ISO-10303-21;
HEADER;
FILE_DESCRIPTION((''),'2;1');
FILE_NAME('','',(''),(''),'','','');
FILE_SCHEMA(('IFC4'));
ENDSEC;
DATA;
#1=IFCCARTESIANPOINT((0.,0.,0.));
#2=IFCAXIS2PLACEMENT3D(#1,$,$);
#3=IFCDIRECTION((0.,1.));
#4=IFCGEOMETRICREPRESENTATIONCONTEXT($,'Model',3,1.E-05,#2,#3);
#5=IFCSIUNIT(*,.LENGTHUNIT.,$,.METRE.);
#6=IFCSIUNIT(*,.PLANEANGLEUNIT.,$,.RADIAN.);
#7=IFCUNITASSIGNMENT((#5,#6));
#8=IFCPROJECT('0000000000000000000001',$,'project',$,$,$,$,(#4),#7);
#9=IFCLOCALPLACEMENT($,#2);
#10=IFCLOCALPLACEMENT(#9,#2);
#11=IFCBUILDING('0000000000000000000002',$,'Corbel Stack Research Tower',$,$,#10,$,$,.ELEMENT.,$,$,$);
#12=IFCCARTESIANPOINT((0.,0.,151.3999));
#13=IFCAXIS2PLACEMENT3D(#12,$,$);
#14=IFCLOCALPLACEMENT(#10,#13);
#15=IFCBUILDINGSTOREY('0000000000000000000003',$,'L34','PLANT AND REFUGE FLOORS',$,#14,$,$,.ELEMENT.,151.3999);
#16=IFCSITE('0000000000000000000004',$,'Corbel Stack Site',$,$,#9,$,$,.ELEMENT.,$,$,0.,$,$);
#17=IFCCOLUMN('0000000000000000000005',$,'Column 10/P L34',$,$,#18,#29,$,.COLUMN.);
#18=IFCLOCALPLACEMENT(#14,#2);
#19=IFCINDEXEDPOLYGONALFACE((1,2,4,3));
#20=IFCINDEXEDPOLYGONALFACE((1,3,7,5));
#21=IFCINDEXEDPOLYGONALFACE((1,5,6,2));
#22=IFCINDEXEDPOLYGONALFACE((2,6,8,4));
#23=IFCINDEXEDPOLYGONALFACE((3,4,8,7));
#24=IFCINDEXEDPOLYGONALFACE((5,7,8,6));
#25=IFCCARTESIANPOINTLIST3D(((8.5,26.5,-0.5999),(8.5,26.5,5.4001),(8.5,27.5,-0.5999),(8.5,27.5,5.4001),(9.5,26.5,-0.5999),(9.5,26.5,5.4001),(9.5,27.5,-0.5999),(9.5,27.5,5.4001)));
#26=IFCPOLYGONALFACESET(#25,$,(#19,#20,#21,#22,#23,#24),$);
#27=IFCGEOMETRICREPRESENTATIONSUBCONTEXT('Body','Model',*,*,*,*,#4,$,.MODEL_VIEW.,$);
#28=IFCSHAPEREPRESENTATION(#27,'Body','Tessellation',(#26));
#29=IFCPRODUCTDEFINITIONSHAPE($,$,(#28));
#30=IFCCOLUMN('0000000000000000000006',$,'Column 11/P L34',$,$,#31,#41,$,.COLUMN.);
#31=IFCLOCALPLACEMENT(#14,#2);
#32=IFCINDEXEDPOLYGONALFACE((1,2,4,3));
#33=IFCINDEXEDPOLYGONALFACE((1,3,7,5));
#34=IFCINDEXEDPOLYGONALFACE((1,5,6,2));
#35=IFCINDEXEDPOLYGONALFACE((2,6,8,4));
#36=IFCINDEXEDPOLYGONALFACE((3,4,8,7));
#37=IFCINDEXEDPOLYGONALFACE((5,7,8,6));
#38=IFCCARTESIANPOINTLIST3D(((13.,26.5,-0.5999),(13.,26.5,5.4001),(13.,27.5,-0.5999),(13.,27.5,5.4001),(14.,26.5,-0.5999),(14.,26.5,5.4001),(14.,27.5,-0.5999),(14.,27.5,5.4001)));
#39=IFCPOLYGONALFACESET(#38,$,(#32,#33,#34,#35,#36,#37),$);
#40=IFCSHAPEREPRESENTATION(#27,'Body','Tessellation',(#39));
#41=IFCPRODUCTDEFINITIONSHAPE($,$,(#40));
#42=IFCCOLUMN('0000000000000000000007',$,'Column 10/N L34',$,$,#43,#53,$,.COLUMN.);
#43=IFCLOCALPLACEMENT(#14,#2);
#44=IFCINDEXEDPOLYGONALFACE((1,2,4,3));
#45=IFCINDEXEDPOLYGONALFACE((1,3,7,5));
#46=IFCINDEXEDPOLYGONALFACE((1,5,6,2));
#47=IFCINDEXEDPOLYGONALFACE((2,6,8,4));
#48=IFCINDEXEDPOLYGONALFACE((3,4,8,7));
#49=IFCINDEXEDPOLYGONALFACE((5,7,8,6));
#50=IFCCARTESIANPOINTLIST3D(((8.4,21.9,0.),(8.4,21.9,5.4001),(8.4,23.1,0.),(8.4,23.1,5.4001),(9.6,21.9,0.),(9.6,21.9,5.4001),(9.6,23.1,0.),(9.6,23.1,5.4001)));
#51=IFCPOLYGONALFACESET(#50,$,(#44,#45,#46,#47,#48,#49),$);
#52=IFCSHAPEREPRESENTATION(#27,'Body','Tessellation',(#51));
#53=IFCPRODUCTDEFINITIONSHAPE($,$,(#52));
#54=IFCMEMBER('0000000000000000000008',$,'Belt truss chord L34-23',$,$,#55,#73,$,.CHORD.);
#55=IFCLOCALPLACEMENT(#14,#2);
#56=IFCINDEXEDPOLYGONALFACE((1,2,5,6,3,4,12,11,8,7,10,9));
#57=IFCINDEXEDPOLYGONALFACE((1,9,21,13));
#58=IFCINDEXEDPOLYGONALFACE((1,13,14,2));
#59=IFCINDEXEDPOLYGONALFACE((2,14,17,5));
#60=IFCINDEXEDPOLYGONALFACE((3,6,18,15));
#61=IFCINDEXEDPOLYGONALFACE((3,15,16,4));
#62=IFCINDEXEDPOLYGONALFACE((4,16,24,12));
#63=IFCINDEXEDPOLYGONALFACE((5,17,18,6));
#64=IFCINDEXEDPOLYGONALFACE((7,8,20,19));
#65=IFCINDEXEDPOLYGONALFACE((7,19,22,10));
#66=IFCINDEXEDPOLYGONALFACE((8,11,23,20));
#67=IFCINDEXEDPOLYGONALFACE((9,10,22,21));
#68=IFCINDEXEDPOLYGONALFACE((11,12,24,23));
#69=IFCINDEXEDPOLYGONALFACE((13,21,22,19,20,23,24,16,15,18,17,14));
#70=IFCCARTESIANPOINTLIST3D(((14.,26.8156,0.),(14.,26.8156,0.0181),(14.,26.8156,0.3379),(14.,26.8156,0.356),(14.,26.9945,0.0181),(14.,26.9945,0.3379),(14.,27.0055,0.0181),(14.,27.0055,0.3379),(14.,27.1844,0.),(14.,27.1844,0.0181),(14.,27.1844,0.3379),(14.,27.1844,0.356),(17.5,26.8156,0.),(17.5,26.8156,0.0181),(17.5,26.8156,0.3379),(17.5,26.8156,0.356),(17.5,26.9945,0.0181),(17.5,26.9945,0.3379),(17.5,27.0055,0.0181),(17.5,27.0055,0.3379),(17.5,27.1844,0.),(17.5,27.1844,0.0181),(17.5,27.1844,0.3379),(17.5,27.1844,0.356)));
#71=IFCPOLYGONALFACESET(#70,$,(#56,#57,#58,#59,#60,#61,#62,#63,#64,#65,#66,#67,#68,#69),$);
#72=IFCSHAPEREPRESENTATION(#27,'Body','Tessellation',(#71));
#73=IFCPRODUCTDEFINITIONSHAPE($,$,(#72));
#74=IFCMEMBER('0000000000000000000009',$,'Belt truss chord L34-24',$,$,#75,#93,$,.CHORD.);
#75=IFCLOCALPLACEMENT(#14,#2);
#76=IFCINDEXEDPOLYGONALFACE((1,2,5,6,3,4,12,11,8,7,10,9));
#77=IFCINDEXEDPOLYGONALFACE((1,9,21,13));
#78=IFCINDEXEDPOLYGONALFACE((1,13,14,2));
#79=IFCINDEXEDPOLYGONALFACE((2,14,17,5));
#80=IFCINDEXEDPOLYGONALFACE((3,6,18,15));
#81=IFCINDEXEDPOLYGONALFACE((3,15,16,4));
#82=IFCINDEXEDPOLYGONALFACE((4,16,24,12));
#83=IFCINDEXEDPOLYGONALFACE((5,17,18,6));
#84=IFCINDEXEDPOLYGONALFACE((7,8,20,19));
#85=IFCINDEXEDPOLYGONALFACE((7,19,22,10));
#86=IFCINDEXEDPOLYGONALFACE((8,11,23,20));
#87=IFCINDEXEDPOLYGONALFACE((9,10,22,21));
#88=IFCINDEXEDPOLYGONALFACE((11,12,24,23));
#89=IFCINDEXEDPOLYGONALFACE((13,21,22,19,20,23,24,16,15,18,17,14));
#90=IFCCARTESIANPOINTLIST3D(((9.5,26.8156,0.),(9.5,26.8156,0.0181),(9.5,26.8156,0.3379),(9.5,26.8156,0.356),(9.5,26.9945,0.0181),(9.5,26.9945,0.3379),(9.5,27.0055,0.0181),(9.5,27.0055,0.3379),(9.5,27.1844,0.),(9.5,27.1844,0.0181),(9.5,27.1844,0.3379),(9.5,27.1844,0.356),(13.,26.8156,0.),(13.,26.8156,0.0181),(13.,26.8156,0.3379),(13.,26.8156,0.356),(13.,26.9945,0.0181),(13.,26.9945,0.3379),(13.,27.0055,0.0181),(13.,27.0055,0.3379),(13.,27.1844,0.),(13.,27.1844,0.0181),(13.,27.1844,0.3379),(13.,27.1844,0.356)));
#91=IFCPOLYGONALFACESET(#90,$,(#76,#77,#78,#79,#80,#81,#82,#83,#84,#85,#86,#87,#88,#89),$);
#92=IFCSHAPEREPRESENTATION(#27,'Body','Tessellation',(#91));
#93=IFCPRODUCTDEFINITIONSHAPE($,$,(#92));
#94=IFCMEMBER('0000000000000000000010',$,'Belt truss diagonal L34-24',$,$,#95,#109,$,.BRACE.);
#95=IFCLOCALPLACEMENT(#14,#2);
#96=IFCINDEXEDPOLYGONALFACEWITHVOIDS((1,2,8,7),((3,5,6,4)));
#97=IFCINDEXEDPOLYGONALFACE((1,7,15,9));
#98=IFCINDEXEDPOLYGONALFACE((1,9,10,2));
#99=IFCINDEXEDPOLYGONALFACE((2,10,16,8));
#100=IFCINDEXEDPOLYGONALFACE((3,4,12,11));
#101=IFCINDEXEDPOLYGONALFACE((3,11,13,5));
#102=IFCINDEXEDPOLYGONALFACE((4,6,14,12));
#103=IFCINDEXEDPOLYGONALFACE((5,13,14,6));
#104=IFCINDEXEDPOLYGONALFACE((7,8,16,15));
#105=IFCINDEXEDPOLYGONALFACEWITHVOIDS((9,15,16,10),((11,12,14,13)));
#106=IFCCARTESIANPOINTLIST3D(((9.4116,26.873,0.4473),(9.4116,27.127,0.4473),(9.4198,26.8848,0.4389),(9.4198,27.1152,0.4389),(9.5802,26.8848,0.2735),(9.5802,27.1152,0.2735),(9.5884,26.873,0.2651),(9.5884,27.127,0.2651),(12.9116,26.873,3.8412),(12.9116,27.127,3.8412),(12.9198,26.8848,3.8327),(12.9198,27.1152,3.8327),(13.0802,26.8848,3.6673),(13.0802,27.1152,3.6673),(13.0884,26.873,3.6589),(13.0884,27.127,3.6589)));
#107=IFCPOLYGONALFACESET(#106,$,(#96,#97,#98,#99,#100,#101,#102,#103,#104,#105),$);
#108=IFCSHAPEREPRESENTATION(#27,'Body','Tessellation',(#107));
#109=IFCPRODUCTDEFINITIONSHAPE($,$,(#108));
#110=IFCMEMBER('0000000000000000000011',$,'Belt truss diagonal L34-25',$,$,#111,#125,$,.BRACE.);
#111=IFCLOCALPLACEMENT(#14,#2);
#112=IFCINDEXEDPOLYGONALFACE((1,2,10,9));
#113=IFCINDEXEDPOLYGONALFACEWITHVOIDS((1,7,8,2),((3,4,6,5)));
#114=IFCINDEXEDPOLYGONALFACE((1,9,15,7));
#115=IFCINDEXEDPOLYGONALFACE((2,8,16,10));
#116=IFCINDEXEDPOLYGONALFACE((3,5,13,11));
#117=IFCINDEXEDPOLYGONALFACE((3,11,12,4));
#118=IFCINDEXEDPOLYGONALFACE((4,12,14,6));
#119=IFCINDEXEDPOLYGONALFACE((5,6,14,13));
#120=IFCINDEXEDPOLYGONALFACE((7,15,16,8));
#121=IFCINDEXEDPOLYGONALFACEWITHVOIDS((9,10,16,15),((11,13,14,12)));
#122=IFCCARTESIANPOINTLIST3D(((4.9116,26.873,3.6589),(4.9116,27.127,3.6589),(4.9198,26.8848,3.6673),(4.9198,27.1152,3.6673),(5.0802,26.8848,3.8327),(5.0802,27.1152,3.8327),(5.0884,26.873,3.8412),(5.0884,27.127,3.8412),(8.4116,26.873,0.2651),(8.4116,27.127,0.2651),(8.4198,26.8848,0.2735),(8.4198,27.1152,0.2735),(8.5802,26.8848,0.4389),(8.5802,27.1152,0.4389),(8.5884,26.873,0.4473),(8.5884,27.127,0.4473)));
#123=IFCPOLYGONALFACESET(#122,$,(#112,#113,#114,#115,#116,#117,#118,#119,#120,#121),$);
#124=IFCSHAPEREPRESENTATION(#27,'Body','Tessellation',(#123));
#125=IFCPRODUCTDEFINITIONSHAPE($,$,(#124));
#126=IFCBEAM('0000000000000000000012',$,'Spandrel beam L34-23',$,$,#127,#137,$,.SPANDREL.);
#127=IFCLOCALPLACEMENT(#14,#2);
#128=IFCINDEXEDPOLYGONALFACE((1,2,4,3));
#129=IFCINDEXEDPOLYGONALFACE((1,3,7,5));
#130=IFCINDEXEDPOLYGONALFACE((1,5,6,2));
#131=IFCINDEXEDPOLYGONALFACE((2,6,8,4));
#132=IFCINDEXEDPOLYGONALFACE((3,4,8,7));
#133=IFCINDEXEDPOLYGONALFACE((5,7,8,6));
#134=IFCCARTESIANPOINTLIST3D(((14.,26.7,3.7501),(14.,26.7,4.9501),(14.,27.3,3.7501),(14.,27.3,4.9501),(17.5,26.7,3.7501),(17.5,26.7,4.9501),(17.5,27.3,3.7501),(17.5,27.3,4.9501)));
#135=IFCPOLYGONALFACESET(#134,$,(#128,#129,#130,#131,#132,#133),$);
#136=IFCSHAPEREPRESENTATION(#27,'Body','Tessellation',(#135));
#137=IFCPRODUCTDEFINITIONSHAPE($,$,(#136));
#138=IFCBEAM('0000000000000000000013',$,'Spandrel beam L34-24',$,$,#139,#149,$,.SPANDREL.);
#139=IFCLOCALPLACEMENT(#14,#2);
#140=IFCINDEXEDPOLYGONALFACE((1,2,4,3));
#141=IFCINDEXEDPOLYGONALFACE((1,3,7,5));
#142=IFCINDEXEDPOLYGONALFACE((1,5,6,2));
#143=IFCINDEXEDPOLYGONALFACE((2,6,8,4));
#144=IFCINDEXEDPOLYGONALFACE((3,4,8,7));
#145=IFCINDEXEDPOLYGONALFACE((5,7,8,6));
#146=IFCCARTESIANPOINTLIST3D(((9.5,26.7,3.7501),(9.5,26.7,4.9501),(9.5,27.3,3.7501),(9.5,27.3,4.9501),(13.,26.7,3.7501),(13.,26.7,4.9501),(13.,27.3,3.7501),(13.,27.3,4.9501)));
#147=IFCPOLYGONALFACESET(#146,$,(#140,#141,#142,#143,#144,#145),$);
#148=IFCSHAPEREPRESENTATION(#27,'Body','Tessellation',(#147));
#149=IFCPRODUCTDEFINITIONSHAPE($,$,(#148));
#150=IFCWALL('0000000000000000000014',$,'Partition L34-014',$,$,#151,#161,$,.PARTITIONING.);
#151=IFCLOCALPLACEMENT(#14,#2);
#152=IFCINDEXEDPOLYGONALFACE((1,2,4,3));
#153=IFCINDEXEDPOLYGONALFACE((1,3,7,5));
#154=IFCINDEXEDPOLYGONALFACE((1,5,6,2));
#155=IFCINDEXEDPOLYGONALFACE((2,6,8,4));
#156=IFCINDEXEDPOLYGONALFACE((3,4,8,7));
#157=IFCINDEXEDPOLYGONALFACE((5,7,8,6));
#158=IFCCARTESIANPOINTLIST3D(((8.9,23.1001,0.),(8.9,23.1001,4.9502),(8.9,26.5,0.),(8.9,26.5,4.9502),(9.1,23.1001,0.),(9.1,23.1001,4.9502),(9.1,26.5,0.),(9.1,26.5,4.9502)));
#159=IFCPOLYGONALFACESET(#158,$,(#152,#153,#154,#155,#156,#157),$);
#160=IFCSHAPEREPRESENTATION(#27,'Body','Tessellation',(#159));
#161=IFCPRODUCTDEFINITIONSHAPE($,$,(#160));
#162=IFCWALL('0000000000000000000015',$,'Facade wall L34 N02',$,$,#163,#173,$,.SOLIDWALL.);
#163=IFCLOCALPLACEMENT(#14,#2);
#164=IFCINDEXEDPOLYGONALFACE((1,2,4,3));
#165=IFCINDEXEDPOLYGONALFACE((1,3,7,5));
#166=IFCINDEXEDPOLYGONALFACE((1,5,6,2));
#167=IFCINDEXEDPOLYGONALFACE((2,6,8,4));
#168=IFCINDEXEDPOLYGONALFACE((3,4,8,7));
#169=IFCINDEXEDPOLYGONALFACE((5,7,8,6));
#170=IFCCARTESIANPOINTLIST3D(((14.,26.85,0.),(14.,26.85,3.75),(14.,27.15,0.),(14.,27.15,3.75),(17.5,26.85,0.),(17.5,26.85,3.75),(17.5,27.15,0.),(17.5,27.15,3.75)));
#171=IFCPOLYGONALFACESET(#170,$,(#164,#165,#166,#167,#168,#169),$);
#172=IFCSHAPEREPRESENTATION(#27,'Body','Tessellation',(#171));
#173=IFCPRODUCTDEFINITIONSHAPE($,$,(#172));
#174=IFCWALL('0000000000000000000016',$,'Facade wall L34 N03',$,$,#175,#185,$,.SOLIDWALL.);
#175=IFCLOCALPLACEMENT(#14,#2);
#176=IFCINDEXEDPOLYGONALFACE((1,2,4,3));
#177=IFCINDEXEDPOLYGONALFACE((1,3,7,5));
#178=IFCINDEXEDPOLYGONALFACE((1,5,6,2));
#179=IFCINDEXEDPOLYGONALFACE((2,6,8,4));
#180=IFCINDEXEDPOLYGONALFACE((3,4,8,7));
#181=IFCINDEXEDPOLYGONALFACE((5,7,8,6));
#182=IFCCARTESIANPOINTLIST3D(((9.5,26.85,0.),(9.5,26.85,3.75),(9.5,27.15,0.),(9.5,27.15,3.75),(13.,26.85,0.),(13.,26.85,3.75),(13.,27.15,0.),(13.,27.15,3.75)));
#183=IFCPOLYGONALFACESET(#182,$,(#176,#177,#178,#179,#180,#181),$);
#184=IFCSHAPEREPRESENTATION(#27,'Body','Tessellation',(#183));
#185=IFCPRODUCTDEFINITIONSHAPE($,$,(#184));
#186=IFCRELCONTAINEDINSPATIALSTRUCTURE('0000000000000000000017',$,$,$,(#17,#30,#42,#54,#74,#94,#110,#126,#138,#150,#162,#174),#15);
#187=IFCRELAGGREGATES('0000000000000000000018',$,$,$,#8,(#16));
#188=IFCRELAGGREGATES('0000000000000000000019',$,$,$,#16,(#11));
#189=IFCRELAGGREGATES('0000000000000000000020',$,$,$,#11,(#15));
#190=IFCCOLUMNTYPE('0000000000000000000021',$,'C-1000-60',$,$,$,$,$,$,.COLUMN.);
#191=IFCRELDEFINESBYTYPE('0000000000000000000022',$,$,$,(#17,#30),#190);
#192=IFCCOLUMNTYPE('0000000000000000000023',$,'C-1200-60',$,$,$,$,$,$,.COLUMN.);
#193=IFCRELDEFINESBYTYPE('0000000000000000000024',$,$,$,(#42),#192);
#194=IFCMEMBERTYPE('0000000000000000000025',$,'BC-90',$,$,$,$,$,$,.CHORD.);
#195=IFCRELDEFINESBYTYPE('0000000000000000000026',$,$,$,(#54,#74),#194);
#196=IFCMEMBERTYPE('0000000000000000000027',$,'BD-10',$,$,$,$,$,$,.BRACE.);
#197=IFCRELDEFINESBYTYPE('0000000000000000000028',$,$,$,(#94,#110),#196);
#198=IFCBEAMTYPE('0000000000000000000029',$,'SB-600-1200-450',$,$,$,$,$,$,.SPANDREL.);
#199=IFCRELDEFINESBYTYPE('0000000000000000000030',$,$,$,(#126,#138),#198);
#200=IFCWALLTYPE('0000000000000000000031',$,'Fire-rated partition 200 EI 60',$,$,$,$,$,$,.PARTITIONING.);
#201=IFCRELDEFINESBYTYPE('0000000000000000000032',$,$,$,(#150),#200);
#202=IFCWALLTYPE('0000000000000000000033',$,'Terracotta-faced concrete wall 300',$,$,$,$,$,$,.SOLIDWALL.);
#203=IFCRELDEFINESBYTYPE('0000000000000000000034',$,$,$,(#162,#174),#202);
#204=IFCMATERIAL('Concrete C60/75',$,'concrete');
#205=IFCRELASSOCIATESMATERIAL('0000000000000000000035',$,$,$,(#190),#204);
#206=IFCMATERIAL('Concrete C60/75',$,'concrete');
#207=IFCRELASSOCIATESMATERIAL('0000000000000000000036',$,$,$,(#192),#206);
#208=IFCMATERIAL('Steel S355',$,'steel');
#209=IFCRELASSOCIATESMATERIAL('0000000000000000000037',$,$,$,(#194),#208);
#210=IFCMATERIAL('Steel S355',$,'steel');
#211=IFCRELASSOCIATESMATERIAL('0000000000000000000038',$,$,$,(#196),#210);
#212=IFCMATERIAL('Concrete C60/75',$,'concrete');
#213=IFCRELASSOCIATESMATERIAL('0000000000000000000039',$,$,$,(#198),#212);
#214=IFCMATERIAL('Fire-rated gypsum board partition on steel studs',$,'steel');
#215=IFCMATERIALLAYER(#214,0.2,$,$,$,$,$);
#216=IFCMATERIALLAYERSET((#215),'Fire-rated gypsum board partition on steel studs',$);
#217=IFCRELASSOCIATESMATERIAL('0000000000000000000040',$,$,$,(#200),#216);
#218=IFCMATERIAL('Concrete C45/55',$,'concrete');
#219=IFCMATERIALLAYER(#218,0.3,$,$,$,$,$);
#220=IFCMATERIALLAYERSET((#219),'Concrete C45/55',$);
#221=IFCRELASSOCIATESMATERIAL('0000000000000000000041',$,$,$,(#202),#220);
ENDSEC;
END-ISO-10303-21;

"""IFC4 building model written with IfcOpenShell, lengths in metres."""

from ifc_helpers import new_model, si_unit, direction, frame, frame_2d, origin, origin_2d, place, context, subcontext, project, spatial, rectangle, hollow_rectangle, i_section, extrude, material, layer, layer_set, material_profile, profile_set, type_object, element, save


model = new_model("IFC4")

# Units and contexts
model_context = context("Model", 3, precision=1e-05, world=origin(), true_north=direction((0.0, 1.0)))
body_context = subcontext(model_context, "Body", "Model", "MODEL_VIEW")
ifc_project = project(units=[si_unit("LENGTHUNIT", "METRE"), si_unit("PLANEANGLEUNIT", "RADIAN")], contexts=[model_context])

# Site, building, storey
site_placement = place(None, origin())
site = spatial("IfcSite", under=ifc_project, at=site_placement, Name="Corbel Stack Site", CompositionType="ELEMENT", RefElevation=0.0)
building_placement = place(site_placement, origin())
building = spatial("IfcBuilding", under=site, at=building_placement, Name="Corbel Stack Research Tower", CompositionType="ELEMENT")
storey_placement = place(building_placement, frame((0.0, 0.0, 151.3999)))
storey = spatial("IfcBuildingStorey", under=building, at=storey_placement, Name="L34", Description="PLANT AND REFUGE FLOORS", CompositionType="ELEMENT", Elevation=151.3999)

# Columns
ifc_material_1 = material(Name="Concrete C60/75", Category="concrete")
ifc_material_profile_1 = material_profile(ifc_material_1, rectangle(XDim=1.0, YDim=1.0, at=origin_2d()), Name="RC 1000 x 1000")
ifc_profile_set_1 = profile_set([ifc_material_profile_1], Name="Concrete C60/75")
column_type_1 = type_object("IfcColumnType", Name="C-1000-60", PredefinedType="COLUMN", material=ifc_profile_set_1)
for number, where, z_axis, x_axis, name in (
    (1, (9.0, 27.0, -0.5999), (0.0, 0.0, 1.0), (1.0, 0.0, 0.0), "Column 10/P L34"),
    (2, (13.5, 27.0, -0.5999), (0.0, 0.0, 1.0), (1.0, 0.0, 0.0), "Column 11/P L34"),
):
    element("IfcColumn", number, at=place(storey_placement, frame(where, z_axis=z_axis, x_axis=x_axis)), inside=storey, type_object=column_type_1, Name=name, PredefinedType="COLUMN", context=body_context, shape_type="SweptSolid", body=[
        extrude(rectangle(XDim=1.0, YDim=1.0, at=origin_2d()), origin(), (0.0, 0.0, 1.0), 6.0),
    ])
ifc_material_2 = material(Name="Concrete C60/75", Category="concrete")
ifc_material_profile_2 = material_profile(ifc_material_2, rectangle(XDim=1.2, YDim=1.2, at=origin_2d()), Name="RC 1200 x 1200")
ifc_profile_set_2 = profile_set([ifc_material_profile_2], Name="Concrete C60/75")
column_type_2 = type_object("IfcColumnType", Name="C-1200-60", PredefinedType="COLUMN", material=ifc_profile_set_2)
column_placement = place(storey_placement, frame((9.0, 22.5, 0.0), z_axis=(0.0, 0.0, 1.0), x_axis=(1.0, 0.0, 0.0)))
element("IfcColumn", 3, at=column_placement, inside=storey, type_object=column_type_2, Name="Column 10/N L34", PredefinedType="COLUMN", context=body_context, shape_type="SweptSolid", body=[
    extrude(rectangle(XDim=1.2, YDim=1.2, at=origin_2d()), origin(), (0.0, 0.0, 1.0), 5.4001),
])

# Members
ifc_material_3 = material(Name="Steel S355", Category="steel")
ifc_material_profile_3 = material_profile(ifc_material_3, i_section(OverallWidth=0.3689, OverallDepth=0.356, WebThickness=0.011, FlangeThickness=0.0181, at=origin_2d()), Name="W14x90")
ifc_profile_set_3 = profile_set([ifc_material_profile_3], Name="Steel S355")
member_type_1 = type_object("IfcMemberType", Name="BC-90", PredefinedType="CHORD", material=ifc_profile_set_3)
for number, where, z_axis, x_axis, name in (
    (4, (17.5, 27.0, 0.178), (-1.0, 0.0, 0.0), (0.0, -1.0, 0.0), "Belt truss chord L34-23"),
    (5, (13.0, 27.0, 0.178), (-1.0, 0.0, 0.0), (0.0, -1.0, 0.0), "Belt truss chord L34-24"),
):
    element("IfcMember", number, at=place(storey_placement, frame(where, z_axis=z_axis, x_axis=x_axis)), inside=storey, type_object=member_type_1, Name=name, PredefinedType="CHORD", context=body_context, shape_type="SweptSolid", body=[
        extrude(i_section(OverallWidth=0.3689, OverallDepth=0.356, WebThickness=0.011, FlangeThickness=0.0181, at=origin_2d()), origin(), (0.0, 0.0, 1.0), 3.5),
    ])
ifc_material_4 = material(Name="Steel S355", Category="steel")
ifc_material_profile_4 = material_profile(ifc_material_4, hollow_rectangle(XDim=0.2539, YDim=0.2539, WallThickness=0.0117, at=origin_2d()), Name="HSS10x10x1/2")
ifc_profile_set_4 = profile_set([ifc_material_profile_4], Name="Steel S355")
member_type_2 = type_object("IfcMemberType", Name="BD-10", PredefinedType="BRACE", material=ifc_profile_set_4)
for number, where, z_axis, x_axis, name in (
    (6, (9.5, 27.0, 0.3562), (0.717915, 0.0, 0.696131), (0.0, 1.0, 0.0), "Belt truss diagonal L34-24"),
    (7, (8.5, 27.0, 0.3562), (-0.717915, 0.0, 0.696131), (0.0, -1.0, 0.0), "Belt truss diagonal L34-25"),
):
    element("IfcMember", number, at=place(storey_placement, frame(where, z_axis=z_axis, x_axis=x_axis)), inside=storey, type_object=member_type_2, Name=name, PredefinedType="BRACE", context=body_context, shape_type="SweptSolid", body=[
        extrude(hollow_rectangle(XDim=0.2539, YDim=0.2539, WallThickness=0.0117, at=origin_2d()), origin(), (0.0, 0.0, 1.0), 4.8752),
    ])

# Beams
ifc_material_5 = material(Name="Concrete C60/75", Category="concrete")
ifc_material_profile_5 = material_profile(ifc_material_5, rectangle(XDim=0.6001, YDim=1.2, at=origin_2d()), Name="RC 600 x 1200")
ifc_profile_set_5 = profile_set([ifc_material_profile_5], Name="Concrete C60/75")
beam_type = type_object("IfcBeamType", Name="SB-600-1200-450", PredefinedType="SPANDREL", material=ifc_profile_set_5)
for number, where, z_axis, x_axis, name in (
    (8, (17.5, 27.0, 4.3501), (-1.0, 0.0, 0.0), (0.0, -1.0, 0.0), "Spandrel beam L34-23"),
    (9, (13.0, 27.0, 4.3501), (-1.0, 0.0, 0.0), (0.0, -1.0, 0.0), "Spandrel beam L34-24"),
):
    element("IfcBeam", number, at=place(storey_placement, frame(where, z_axis=z_axis, x_axis=x_axis)), inside=storey, type_object=beam_type, Name=name, PredefinedType="SPANDREL", context=body_context, shape_type="SweptSolid", body=[
        extrude(rectangle(XDim=0.6001, YDim=1.2, at=origin_2d()), origin(), (0.0, 0.0, 1.0), 3.5),
    ])

# Walls
ifc_material_6 = material(Name="Fire-rated gypsum board partition on steel studs", Category="steel")
ifc_layer_1 = layer(ifc_material_6, 0.2)
ifc_layer_set_1 = layer_set([ifc_layer_1], Name="Fire-rated gypsum board partition on steel studs")
wall_type_1 = type_object("IfcWallType", Name="Fire-rated partition 200 EI 60", PredefinedType="PARTITIONING", material=ifc_layer_set_1)
wall_placement = place(storey_placement, frame((9.0, 23.1001, 0.0), z_axis=(0.0, 0.0, 1.0), x_axis=(0.0, 1.0, 0.0)))
element("IfcWall", 10, at=wall_placement, inside=storey, type_object=wall_type_1, Name="Partition L34-014", PredefinedType="PARTITIONING", context=body_context, shape_type="SweptSolid", body=[
    extrude(rectangle(XDim=3.3999, YDim=0.2, at=frame_2d((1.7, 0.0))), origin(), (0.0, 0.0, 1.0), 4.9502),
])
ifc_material_7 = material(Name="Concrete C45/55", Category="concrete")
ifc_layer_2 = layer(ifc_material_7, 0.3)
ifc_layer_set_2 = layer_set([ifc_layer_2], Name="Concrete C45/55")
wall_type_2 = type_object("IfcWallType", Name="Terracotta-faced concrete wall 300", PredefinedType="SOLIDWALL", material=ifc_layer_set_2)
for number, where, z_axis, x_axis, name in (
    (11, (14.0, 27.0, 0.0), (0.0, 0.0, 1.0), (1.0, 0.0, 0.0), "Facade wall L34 N02"),
    (12, (9.5, 27.0, 0.0), (0.0, 0.0, 1.0), (1.0, 0.0, 0.0), "Facade wall L34 N03"),
):
    element("IfcWall", number, at=place(storey_placement, frame(where, z_axis=z_axis, x_axis=x_axis)), inside=storey, type_object=wall_type_2, Name=name, PredefinedType="SOLIDWALL", context=body_context, shape_type="SweptSolid", body=[
        extrude(rectangle(XDim=3.5, YDim=0.3, at=frame_2d((1.75, 0.0))), origin(), (0.0, 0.0, 1.0), 3.75),
    ])

save(model, "model.ifc")
